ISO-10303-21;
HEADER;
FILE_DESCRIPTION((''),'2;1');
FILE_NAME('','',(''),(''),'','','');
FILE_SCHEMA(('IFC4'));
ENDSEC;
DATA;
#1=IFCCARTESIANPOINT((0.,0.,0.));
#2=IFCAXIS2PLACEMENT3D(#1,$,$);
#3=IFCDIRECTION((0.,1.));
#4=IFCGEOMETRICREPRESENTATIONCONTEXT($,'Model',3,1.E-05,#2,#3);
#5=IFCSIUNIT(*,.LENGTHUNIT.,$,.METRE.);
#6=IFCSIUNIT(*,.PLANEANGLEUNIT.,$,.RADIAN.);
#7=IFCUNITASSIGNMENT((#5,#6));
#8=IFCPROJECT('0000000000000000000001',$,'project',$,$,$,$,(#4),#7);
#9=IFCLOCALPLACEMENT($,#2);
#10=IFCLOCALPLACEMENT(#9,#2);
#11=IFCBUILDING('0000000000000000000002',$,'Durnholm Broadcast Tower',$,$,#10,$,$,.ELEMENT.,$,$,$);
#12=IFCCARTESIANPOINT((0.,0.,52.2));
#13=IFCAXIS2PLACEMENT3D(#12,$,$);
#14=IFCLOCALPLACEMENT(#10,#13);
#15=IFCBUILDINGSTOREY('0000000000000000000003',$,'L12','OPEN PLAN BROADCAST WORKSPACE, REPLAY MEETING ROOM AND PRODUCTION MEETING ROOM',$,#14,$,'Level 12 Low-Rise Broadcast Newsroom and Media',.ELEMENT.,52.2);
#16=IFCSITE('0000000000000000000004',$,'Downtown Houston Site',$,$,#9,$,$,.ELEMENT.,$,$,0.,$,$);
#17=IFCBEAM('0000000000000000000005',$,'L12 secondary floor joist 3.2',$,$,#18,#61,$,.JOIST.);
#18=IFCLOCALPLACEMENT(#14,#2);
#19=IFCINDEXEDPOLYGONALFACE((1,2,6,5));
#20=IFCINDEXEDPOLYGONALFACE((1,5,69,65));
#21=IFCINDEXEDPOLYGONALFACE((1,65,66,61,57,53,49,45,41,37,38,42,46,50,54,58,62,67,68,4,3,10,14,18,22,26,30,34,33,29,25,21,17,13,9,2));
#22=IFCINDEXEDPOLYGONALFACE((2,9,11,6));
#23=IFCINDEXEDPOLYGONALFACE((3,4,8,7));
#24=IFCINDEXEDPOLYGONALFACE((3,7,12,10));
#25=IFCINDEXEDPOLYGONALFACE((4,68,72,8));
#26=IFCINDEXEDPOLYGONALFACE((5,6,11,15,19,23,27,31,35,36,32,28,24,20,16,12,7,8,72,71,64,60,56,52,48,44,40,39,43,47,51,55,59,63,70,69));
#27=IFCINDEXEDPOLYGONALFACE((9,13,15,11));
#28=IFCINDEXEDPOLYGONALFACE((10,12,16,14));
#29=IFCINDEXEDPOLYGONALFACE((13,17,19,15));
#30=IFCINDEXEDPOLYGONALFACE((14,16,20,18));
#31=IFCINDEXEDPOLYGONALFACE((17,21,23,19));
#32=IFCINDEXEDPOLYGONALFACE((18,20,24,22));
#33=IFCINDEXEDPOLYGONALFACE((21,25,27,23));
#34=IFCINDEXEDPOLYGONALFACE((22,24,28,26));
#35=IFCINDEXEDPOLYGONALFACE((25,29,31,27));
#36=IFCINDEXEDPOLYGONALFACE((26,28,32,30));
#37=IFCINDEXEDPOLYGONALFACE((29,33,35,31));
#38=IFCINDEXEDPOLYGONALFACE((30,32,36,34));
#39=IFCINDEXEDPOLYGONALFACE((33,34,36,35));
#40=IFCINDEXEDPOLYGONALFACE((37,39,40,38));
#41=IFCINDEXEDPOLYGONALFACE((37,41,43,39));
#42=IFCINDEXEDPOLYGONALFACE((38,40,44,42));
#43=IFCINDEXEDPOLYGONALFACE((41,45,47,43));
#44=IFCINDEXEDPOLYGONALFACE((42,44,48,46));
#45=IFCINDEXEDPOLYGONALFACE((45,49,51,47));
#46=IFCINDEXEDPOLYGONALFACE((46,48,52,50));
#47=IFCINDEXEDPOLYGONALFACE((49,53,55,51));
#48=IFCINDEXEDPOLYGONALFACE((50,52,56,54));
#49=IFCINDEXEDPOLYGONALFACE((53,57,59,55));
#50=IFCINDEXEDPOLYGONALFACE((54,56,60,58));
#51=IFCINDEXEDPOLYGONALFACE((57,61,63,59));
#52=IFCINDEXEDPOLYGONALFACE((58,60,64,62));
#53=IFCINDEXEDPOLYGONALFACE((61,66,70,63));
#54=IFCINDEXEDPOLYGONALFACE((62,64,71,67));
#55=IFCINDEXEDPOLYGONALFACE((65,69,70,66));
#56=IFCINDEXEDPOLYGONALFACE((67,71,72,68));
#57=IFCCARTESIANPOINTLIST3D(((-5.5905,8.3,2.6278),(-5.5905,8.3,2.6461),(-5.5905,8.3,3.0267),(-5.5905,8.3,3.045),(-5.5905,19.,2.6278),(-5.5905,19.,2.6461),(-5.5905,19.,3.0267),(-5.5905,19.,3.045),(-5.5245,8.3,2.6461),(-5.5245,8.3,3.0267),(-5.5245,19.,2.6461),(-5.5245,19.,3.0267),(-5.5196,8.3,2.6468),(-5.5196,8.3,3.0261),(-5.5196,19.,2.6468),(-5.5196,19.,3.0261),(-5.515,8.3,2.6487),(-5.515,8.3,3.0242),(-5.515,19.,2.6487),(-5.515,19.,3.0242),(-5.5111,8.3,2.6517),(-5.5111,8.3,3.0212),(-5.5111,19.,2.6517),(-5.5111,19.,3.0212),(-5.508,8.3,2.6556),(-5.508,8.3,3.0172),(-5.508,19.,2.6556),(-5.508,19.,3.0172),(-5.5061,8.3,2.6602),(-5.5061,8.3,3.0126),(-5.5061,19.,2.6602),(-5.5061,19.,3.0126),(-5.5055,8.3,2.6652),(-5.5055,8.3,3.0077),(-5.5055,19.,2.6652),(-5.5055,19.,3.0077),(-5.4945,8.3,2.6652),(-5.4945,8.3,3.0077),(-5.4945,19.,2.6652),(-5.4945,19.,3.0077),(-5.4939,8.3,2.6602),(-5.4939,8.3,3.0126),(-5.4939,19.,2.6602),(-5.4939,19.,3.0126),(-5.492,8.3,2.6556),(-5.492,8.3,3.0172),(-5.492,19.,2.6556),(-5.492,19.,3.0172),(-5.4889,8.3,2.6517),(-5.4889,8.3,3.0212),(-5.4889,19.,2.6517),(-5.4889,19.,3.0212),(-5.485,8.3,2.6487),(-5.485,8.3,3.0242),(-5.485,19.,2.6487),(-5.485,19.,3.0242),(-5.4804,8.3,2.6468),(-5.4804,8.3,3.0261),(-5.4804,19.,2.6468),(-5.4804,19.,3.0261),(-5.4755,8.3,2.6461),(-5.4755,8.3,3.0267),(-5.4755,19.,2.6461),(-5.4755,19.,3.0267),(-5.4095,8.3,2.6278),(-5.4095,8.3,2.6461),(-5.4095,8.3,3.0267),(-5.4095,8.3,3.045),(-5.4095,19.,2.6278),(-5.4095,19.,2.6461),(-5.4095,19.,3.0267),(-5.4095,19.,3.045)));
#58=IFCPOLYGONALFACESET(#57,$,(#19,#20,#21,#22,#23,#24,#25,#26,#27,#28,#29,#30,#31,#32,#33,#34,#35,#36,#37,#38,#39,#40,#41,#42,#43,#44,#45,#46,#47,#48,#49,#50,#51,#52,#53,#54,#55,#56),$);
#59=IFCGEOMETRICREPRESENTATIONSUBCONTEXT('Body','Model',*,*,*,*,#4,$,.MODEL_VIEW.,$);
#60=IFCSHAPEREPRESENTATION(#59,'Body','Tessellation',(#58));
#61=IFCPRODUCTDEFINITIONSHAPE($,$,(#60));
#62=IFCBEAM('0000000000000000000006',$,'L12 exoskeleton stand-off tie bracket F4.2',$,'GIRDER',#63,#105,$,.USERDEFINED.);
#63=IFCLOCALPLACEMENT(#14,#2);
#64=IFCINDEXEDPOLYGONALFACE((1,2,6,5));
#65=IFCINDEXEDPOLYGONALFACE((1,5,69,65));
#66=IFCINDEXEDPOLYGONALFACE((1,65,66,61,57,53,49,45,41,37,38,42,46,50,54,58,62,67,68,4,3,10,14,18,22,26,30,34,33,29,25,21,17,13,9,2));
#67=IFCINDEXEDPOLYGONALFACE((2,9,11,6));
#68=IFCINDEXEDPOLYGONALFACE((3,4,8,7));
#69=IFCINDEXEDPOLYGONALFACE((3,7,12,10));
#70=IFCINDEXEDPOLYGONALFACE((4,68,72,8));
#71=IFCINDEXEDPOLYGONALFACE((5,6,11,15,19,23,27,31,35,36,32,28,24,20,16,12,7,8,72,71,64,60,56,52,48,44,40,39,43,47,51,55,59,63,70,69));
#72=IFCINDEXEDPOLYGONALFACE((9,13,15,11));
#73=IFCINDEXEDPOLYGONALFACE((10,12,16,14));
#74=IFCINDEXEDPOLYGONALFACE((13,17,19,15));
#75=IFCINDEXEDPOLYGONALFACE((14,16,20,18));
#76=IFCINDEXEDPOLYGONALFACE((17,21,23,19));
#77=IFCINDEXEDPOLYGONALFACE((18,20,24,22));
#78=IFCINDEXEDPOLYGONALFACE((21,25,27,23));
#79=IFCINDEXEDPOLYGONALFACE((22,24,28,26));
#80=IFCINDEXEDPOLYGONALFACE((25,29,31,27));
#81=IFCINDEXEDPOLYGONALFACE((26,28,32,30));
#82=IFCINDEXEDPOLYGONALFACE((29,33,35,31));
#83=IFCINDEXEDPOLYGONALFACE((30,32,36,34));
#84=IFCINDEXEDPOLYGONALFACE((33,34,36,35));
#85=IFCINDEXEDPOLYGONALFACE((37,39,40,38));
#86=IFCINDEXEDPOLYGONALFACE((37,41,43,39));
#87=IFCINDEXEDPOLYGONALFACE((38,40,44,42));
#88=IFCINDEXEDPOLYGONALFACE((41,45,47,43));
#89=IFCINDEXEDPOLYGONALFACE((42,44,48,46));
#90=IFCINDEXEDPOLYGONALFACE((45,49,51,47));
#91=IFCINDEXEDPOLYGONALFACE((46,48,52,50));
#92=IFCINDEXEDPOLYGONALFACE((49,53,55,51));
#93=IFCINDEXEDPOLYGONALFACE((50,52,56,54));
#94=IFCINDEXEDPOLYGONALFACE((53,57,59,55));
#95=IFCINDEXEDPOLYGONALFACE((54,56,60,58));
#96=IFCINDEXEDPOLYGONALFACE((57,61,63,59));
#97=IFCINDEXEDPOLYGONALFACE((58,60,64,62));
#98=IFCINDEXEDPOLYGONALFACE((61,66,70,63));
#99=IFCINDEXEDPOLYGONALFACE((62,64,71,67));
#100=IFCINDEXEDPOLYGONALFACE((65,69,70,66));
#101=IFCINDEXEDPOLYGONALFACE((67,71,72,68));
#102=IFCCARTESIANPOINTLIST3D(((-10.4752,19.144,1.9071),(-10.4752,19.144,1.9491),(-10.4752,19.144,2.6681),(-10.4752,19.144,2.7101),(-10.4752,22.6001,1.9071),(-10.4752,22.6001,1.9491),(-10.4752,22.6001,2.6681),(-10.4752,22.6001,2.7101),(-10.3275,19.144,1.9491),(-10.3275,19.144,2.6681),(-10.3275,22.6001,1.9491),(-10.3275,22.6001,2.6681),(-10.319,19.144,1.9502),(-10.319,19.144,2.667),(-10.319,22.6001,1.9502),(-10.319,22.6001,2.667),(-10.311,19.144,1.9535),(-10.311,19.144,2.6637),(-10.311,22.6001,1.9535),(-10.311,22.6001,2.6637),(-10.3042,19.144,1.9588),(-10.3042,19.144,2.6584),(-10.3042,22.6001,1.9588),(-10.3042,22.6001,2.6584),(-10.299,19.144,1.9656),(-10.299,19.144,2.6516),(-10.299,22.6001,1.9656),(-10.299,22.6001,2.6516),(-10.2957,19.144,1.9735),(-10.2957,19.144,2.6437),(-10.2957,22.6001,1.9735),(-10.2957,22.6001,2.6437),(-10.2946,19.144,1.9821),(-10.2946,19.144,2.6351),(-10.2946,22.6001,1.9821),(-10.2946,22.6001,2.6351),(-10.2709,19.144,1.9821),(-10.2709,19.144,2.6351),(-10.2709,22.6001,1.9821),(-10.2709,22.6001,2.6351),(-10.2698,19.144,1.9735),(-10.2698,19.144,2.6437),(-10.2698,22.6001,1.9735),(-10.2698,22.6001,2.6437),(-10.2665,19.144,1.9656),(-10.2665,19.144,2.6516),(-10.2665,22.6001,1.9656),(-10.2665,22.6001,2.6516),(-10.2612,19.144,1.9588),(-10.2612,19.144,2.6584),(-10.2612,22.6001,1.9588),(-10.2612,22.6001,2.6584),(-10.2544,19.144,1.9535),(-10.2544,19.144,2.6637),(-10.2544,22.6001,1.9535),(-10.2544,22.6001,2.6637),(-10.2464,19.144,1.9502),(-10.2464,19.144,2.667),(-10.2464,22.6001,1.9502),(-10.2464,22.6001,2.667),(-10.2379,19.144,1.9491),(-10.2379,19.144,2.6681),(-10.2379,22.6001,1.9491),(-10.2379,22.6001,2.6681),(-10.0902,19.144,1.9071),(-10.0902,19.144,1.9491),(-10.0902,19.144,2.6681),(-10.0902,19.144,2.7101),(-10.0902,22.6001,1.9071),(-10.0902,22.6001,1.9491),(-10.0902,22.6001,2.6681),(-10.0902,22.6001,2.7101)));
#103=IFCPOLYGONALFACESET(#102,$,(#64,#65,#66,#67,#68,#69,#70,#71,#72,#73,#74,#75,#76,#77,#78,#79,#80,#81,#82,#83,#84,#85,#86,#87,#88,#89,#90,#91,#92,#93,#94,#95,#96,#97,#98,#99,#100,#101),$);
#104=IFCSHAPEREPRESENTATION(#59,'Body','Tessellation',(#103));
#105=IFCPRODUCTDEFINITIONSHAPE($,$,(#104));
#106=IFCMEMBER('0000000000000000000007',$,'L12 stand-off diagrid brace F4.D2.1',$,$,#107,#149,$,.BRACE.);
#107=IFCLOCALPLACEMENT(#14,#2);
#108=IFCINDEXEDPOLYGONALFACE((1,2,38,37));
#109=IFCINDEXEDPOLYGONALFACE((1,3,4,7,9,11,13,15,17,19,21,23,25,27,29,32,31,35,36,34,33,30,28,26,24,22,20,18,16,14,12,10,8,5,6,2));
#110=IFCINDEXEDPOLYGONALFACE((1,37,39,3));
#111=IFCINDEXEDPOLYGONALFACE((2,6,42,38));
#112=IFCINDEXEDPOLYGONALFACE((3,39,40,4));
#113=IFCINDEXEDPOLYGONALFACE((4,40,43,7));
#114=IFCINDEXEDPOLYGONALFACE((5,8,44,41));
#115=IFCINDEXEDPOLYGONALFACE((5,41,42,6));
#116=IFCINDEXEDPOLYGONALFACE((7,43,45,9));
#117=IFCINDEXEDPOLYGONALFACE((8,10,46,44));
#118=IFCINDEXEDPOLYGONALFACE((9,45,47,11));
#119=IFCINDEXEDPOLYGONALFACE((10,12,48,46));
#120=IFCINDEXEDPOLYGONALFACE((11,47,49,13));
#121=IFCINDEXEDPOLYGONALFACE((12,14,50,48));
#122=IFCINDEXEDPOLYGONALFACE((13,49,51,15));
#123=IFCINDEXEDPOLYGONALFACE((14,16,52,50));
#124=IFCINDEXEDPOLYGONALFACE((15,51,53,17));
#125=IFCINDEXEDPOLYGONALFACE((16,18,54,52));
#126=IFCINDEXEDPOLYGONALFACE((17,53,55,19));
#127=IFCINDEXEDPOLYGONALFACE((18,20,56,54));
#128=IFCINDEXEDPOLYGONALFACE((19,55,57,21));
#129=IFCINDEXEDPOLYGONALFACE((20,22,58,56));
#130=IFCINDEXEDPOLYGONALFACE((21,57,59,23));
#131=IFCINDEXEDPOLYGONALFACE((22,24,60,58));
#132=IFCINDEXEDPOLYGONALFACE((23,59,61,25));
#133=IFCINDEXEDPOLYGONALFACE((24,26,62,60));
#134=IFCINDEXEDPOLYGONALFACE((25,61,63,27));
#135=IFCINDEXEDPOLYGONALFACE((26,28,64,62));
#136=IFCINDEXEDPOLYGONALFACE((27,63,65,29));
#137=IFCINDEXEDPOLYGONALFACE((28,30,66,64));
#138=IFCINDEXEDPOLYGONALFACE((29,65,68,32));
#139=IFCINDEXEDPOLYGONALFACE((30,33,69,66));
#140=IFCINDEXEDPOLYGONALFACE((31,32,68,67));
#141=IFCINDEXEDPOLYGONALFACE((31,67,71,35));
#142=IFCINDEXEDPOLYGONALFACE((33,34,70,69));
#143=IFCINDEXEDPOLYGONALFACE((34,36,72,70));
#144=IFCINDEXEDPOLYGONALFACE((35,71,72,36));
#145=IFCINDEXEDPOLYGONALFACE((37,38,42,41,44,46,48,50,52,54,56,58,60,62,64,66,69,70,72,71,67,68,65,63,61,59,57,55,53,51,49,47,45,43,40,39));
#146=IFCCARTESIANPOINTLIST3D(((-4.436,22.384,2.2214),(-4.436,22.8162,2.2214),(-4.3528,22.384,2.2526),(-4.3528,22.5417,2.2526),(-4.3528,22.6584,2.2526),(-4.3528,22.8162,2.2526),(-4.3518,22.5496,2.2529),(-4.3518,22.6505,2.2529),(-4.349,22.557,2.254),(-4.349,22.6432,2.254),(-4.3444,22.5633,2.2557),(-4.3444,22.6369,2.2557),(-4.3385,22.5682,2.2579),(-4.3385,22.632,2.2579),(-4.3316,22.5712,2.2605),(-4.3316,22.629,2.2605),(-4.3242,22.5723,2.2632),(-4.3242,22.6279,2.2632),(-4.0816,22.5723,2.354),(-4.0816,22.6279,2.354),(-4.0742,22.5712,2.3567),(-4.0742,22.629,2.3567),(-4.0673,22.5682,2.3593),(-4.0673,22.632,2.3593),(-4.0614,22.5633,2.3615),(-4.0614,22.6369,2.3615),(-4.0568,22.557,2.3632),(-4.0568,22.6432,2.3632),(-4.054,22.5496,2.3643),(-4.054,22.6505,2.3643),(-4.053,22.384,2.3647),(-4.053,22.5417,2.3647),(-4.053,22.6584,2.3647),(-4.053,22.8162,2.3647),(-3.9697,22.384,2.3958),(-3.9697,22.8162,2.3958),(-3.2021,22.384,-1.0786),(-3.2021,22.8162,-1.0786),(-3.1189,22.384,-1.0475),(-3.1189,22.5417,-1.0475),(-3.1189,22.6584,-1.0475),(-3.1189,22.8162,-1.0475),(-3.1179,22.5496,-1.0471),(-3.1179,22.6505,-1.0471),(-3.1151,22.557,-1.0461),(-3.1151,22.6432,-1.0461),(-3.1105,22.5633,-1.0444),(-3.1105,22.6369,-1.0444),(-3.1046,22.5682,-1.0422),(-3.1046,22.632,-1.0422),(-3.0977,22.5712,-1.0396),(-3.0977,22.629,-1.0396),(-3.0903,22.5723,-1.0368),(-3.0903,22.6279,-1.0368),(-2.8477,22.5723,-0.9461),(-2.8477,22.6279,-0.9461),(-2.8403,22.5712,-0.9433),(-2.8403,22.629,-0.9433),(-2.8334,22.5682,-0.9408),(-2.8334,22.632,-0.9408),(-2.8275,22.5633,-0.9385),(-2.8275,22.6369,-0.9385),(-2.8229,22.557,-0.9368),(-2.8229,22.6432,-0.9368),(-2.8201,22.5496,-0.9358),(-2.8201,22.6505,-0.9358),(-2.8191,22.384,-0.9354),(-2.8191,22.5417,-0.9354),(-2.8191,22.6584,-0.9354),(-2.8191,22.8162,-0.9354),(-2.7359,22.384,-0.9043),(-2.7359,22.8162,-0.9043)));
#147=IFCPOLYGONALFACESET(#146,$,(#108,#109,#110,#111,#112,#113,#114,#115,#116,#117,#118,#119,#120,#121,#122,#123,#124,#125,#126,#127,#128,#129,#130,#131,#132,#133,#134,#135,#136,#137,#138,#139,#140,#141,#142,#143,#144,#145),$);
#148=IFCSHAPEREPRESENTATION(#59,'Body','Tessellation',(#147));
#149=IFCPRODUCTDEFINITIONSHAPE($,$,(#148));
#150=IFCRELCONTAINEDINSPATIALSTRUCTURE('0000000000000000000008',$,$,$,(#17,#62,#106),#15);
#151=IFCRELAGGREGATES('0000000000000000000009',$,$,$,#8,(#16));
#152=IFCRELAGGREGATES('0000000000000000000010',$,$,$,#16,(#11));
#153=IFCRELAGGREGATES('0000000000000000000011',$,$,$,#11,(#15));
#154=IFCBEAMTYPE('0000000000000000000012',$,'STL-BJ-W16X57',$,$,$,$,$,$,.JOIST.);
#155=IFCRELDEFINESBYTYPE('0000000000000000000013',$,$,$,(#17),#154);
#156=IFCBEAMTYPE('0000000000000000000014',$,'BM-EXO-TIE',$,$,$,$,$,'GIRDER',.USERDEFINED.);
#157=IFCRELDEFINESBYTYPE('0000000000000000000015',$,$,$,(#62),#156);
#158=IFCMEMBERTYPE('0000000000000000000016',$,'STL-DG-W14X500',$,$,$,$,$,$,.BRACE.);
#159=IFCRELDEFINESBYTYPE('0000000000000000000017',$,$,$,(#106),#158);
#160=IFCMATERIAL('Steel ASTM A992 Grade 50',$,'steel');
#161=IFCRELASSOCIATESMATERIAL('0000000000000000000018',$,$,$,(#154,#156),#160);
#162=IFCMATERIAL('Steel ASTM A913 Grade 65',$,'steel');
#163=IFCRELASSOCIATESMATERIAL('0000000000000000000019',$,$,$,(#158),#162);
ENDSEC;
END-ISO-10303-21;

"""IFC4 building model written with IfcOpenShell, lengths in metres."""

from ifc_helpers import new_model, si_unit, direction, frame, origin, origin_2d, place, context, subcontext, project, spatial, i_section, extrude, source, transform, mapped, material, material_profile, profile_set, type_object, type_shapes, element, save


model = new_model("IFC4")

# Units and contexts
model_context = context("Model", 3, precision=1e-05, world=origin(), true_north=direction((0.0, 1.0)))
body_context = subcontext(model_context, "Body", "Model", "MODEL_VIEW")
ifc_project = project(units=[si_unit("LENGTHUNIT", "METRE"), si_unit("PLANEANGLEUNIT", "RADIAN")], contexts=[model_context])

# Site, building, storey
site_placement = place(None, origin())
site = spatial("IfcSite", under=ifc_project, at=site_placement, Name="Downtown Houston Site", CompositionType="ELEMENT", RefElevation=0.0)
building_placement = place(site_placement, origin())
building = spatial("IfcBuilding", under=site, at=building_placement, Name="Durnholm Broadcast Tower", CompositionType="ELEMENT")
storey_placement = place(building_placement, frame((0.0, 0.0, 52.2)))
storey = spatial("IfcBuildingStorey", under=building, at=storey_placement, Name="L12", Description="OPEN PLAN BROADCAST WORKSPACE, REPLAY MEETING ROOM AND PRODUCTION MEETING ROOM", LongName="Level 12 Low-Rise Broadcast Newsroom and Media", CompositionType="ELEMENT", Elevation=52.2)

# Beams
ifc_material_1 = material(Name="Steel ASTM A992 Grade 50", Category="steel")
ifc_material_profile_1 = material_profile(ifc_material_1, i_section(OverallWidth=0.1809, OverallDepth=0.4172, WebThickness=0.011, FlangeThickness=0.0183, FilletRadius=0.019, at=origin_2d()), Name="W16X57")
ifc_profile_set_1 = profile_set([ifc_material_profile_1], Name="Steel ASTM A992 Grade 50")
beam_type_1 = type_object("IfcBeamType", Name="STL-BJ-W16X57", PredefinedType="JOIST", material=ifc_profile_set_1)
shared_shape_1 = source(origin(), body_context, "Body", "SweptSolid", [
    extrude(i_section(OverallWidth=0.1809, OverallDepth=0.4172, WebThickness=0.011, FlangeThickness=0.0183, FilletRadius=0.019, at=origin_2d()), origin(), (0.0, 0.0, 1.0), 10.7),
])
type_shapes(beam_type_1, [shared_shape_1])
beam_1_placement = place(storey_placement, frame((-5.5, 8.3, 2.8364), z_axis=(0.0, 1.0, 0.0), x_axis=(-1.0, 0.0, 0.0)))
element("IfcBeam", 1, at=beam_1_placement, inside=storey, type_object=beam_type_1, Name="L12 secondary floor joist 3.2", PredefinedType="JOIST", context=body_context, shape_type="MappedRepresentation", body=[
    mapped(shared_shape_1, transform((0.0, 0.0, 0.0), x_axis=(1.0, 0.0, 0.0), y_axis=(0.0, 1.0, 0.0), z_axis=(0.0, 0.0, 1.0), scale=1.0)),
])
ifc_material_profile_2 = material_profile(ifc_material_1, i_section(OverallWidth=0.385, OverallDepth=0.803, WebThickness=0.0237, FlangeThickness=0.042, FilletRadius=0.033, at=origin_2d()), Name="W30X261")
ifc_profile_set_2 = profile_set([ifc_material_profile_2], Name="Steel ASTM A992 Grade 50")
beam_type_2 = type_object("IfcBeamType", Name="BM-EXO-TIE", ElementType="GIRDER", PredefinedType="USERDEFINED", material=ifc_profile_set_2)
shared_shape_2 = source(origin(), body_context, "Body", "SweptSolid", [
    extrude(i_section(OverallWidth=0.385, OverallDepth=0.803, WebThickness=0.0237, FlangeThickness=0.042, FilletRadius=0.033, at=origin_2d()), origin(), (0.0, 0.0, 1.0), 3.4561),
])
type_shapes(beam_type_2, [shared_shape_2])
beam_2_placement = place(storey_placement, frame((-10.2827, 19.144, 2.3086), z_axis=(0.0, 1.0, 0.0), x_axis=(-1.0, 0.0, 0.0)))
element("IfcBeam", 2, at=beam_2_placement, inside=storey, type_object=beam_type_2, Name="L12 exoskeleton stand-off tie bracket F4.2", ObjectType="GIRDER", PredefinedType="USERDEFINED", context=body_context, shape_type="MappedRepresentation", body=[
    mapped(shared_shape_2, transform((0.0, 0.0, 0.0), x_axis=(1.0, 0.0, 0.0), y_axis=(0.0, 1.0, 0.0), z_axis=(0.0, 0.0, 1.0), scale=1.0)),
])

# Member
ifc_material_2 = material(Name="Steel ASTM A913 Grade 65", Category="steel")
ifc_material_profile_3 = material_profile(ifc_material_2, i_section(OverallWidth=0.4321, OverallDepth=0.4978, WebThickness=0.0557, FlangeThickness=0.0889, FilletRadius=0.0305, at=origin_2d()), Name="W14X500")
ifc_profile_set_3 = profile_set([ifc_material_profile_3], Name="Steel ASTM A913 Grade 65")
member_type_1 = type_object("IfcMemberType", Name="STL-DG-W14X500", PredefinedType="BRACE", material=ifc_profile_set_3)
shared_shape_3 = source(origin(), body_context, "Body", "SweptSolid", [
    extrude(i_section(OverallWidth=0.4321, OverallDepth=0.4978, WebThickness=0.0557, FlangeThickness=0.0889, FilletRadius=0.0305, at=origin_2d()), origin(), (0.0, 0.0, 1.0), 3.5232),
])
type_shapes(member_type_1, [shared_shape_3])
for number, where, z_axis, x_axis, name in (
    (3, (-2.969, 22.6001, -0.9915), (-0.35022, 0.0, 0.936668), (0.0, -1.0, 0.0), "L12 stand-off diagrid brace F4.D2.1"),
):
    element("IfcMember", number, at=place(storey_placement, frame(where, z_axis=z_axis, x_axis=x_axis)), inside=storey, type_object=member_type_1, Name=name, PredefinedType="BRACE", context=body_context, shape_type="MappedRepresentation", body=[
        mapped(shared_shape_3, transform((0.0, 0.0, 0.0), x_axis=(1.0, 0.0, 0.0), y_axis=(0.0, 1.0, 0.0), z_axis=(0.0, 0.0, 1.0), scale=1.0)),
    ])

save(model, "model.ifc")
